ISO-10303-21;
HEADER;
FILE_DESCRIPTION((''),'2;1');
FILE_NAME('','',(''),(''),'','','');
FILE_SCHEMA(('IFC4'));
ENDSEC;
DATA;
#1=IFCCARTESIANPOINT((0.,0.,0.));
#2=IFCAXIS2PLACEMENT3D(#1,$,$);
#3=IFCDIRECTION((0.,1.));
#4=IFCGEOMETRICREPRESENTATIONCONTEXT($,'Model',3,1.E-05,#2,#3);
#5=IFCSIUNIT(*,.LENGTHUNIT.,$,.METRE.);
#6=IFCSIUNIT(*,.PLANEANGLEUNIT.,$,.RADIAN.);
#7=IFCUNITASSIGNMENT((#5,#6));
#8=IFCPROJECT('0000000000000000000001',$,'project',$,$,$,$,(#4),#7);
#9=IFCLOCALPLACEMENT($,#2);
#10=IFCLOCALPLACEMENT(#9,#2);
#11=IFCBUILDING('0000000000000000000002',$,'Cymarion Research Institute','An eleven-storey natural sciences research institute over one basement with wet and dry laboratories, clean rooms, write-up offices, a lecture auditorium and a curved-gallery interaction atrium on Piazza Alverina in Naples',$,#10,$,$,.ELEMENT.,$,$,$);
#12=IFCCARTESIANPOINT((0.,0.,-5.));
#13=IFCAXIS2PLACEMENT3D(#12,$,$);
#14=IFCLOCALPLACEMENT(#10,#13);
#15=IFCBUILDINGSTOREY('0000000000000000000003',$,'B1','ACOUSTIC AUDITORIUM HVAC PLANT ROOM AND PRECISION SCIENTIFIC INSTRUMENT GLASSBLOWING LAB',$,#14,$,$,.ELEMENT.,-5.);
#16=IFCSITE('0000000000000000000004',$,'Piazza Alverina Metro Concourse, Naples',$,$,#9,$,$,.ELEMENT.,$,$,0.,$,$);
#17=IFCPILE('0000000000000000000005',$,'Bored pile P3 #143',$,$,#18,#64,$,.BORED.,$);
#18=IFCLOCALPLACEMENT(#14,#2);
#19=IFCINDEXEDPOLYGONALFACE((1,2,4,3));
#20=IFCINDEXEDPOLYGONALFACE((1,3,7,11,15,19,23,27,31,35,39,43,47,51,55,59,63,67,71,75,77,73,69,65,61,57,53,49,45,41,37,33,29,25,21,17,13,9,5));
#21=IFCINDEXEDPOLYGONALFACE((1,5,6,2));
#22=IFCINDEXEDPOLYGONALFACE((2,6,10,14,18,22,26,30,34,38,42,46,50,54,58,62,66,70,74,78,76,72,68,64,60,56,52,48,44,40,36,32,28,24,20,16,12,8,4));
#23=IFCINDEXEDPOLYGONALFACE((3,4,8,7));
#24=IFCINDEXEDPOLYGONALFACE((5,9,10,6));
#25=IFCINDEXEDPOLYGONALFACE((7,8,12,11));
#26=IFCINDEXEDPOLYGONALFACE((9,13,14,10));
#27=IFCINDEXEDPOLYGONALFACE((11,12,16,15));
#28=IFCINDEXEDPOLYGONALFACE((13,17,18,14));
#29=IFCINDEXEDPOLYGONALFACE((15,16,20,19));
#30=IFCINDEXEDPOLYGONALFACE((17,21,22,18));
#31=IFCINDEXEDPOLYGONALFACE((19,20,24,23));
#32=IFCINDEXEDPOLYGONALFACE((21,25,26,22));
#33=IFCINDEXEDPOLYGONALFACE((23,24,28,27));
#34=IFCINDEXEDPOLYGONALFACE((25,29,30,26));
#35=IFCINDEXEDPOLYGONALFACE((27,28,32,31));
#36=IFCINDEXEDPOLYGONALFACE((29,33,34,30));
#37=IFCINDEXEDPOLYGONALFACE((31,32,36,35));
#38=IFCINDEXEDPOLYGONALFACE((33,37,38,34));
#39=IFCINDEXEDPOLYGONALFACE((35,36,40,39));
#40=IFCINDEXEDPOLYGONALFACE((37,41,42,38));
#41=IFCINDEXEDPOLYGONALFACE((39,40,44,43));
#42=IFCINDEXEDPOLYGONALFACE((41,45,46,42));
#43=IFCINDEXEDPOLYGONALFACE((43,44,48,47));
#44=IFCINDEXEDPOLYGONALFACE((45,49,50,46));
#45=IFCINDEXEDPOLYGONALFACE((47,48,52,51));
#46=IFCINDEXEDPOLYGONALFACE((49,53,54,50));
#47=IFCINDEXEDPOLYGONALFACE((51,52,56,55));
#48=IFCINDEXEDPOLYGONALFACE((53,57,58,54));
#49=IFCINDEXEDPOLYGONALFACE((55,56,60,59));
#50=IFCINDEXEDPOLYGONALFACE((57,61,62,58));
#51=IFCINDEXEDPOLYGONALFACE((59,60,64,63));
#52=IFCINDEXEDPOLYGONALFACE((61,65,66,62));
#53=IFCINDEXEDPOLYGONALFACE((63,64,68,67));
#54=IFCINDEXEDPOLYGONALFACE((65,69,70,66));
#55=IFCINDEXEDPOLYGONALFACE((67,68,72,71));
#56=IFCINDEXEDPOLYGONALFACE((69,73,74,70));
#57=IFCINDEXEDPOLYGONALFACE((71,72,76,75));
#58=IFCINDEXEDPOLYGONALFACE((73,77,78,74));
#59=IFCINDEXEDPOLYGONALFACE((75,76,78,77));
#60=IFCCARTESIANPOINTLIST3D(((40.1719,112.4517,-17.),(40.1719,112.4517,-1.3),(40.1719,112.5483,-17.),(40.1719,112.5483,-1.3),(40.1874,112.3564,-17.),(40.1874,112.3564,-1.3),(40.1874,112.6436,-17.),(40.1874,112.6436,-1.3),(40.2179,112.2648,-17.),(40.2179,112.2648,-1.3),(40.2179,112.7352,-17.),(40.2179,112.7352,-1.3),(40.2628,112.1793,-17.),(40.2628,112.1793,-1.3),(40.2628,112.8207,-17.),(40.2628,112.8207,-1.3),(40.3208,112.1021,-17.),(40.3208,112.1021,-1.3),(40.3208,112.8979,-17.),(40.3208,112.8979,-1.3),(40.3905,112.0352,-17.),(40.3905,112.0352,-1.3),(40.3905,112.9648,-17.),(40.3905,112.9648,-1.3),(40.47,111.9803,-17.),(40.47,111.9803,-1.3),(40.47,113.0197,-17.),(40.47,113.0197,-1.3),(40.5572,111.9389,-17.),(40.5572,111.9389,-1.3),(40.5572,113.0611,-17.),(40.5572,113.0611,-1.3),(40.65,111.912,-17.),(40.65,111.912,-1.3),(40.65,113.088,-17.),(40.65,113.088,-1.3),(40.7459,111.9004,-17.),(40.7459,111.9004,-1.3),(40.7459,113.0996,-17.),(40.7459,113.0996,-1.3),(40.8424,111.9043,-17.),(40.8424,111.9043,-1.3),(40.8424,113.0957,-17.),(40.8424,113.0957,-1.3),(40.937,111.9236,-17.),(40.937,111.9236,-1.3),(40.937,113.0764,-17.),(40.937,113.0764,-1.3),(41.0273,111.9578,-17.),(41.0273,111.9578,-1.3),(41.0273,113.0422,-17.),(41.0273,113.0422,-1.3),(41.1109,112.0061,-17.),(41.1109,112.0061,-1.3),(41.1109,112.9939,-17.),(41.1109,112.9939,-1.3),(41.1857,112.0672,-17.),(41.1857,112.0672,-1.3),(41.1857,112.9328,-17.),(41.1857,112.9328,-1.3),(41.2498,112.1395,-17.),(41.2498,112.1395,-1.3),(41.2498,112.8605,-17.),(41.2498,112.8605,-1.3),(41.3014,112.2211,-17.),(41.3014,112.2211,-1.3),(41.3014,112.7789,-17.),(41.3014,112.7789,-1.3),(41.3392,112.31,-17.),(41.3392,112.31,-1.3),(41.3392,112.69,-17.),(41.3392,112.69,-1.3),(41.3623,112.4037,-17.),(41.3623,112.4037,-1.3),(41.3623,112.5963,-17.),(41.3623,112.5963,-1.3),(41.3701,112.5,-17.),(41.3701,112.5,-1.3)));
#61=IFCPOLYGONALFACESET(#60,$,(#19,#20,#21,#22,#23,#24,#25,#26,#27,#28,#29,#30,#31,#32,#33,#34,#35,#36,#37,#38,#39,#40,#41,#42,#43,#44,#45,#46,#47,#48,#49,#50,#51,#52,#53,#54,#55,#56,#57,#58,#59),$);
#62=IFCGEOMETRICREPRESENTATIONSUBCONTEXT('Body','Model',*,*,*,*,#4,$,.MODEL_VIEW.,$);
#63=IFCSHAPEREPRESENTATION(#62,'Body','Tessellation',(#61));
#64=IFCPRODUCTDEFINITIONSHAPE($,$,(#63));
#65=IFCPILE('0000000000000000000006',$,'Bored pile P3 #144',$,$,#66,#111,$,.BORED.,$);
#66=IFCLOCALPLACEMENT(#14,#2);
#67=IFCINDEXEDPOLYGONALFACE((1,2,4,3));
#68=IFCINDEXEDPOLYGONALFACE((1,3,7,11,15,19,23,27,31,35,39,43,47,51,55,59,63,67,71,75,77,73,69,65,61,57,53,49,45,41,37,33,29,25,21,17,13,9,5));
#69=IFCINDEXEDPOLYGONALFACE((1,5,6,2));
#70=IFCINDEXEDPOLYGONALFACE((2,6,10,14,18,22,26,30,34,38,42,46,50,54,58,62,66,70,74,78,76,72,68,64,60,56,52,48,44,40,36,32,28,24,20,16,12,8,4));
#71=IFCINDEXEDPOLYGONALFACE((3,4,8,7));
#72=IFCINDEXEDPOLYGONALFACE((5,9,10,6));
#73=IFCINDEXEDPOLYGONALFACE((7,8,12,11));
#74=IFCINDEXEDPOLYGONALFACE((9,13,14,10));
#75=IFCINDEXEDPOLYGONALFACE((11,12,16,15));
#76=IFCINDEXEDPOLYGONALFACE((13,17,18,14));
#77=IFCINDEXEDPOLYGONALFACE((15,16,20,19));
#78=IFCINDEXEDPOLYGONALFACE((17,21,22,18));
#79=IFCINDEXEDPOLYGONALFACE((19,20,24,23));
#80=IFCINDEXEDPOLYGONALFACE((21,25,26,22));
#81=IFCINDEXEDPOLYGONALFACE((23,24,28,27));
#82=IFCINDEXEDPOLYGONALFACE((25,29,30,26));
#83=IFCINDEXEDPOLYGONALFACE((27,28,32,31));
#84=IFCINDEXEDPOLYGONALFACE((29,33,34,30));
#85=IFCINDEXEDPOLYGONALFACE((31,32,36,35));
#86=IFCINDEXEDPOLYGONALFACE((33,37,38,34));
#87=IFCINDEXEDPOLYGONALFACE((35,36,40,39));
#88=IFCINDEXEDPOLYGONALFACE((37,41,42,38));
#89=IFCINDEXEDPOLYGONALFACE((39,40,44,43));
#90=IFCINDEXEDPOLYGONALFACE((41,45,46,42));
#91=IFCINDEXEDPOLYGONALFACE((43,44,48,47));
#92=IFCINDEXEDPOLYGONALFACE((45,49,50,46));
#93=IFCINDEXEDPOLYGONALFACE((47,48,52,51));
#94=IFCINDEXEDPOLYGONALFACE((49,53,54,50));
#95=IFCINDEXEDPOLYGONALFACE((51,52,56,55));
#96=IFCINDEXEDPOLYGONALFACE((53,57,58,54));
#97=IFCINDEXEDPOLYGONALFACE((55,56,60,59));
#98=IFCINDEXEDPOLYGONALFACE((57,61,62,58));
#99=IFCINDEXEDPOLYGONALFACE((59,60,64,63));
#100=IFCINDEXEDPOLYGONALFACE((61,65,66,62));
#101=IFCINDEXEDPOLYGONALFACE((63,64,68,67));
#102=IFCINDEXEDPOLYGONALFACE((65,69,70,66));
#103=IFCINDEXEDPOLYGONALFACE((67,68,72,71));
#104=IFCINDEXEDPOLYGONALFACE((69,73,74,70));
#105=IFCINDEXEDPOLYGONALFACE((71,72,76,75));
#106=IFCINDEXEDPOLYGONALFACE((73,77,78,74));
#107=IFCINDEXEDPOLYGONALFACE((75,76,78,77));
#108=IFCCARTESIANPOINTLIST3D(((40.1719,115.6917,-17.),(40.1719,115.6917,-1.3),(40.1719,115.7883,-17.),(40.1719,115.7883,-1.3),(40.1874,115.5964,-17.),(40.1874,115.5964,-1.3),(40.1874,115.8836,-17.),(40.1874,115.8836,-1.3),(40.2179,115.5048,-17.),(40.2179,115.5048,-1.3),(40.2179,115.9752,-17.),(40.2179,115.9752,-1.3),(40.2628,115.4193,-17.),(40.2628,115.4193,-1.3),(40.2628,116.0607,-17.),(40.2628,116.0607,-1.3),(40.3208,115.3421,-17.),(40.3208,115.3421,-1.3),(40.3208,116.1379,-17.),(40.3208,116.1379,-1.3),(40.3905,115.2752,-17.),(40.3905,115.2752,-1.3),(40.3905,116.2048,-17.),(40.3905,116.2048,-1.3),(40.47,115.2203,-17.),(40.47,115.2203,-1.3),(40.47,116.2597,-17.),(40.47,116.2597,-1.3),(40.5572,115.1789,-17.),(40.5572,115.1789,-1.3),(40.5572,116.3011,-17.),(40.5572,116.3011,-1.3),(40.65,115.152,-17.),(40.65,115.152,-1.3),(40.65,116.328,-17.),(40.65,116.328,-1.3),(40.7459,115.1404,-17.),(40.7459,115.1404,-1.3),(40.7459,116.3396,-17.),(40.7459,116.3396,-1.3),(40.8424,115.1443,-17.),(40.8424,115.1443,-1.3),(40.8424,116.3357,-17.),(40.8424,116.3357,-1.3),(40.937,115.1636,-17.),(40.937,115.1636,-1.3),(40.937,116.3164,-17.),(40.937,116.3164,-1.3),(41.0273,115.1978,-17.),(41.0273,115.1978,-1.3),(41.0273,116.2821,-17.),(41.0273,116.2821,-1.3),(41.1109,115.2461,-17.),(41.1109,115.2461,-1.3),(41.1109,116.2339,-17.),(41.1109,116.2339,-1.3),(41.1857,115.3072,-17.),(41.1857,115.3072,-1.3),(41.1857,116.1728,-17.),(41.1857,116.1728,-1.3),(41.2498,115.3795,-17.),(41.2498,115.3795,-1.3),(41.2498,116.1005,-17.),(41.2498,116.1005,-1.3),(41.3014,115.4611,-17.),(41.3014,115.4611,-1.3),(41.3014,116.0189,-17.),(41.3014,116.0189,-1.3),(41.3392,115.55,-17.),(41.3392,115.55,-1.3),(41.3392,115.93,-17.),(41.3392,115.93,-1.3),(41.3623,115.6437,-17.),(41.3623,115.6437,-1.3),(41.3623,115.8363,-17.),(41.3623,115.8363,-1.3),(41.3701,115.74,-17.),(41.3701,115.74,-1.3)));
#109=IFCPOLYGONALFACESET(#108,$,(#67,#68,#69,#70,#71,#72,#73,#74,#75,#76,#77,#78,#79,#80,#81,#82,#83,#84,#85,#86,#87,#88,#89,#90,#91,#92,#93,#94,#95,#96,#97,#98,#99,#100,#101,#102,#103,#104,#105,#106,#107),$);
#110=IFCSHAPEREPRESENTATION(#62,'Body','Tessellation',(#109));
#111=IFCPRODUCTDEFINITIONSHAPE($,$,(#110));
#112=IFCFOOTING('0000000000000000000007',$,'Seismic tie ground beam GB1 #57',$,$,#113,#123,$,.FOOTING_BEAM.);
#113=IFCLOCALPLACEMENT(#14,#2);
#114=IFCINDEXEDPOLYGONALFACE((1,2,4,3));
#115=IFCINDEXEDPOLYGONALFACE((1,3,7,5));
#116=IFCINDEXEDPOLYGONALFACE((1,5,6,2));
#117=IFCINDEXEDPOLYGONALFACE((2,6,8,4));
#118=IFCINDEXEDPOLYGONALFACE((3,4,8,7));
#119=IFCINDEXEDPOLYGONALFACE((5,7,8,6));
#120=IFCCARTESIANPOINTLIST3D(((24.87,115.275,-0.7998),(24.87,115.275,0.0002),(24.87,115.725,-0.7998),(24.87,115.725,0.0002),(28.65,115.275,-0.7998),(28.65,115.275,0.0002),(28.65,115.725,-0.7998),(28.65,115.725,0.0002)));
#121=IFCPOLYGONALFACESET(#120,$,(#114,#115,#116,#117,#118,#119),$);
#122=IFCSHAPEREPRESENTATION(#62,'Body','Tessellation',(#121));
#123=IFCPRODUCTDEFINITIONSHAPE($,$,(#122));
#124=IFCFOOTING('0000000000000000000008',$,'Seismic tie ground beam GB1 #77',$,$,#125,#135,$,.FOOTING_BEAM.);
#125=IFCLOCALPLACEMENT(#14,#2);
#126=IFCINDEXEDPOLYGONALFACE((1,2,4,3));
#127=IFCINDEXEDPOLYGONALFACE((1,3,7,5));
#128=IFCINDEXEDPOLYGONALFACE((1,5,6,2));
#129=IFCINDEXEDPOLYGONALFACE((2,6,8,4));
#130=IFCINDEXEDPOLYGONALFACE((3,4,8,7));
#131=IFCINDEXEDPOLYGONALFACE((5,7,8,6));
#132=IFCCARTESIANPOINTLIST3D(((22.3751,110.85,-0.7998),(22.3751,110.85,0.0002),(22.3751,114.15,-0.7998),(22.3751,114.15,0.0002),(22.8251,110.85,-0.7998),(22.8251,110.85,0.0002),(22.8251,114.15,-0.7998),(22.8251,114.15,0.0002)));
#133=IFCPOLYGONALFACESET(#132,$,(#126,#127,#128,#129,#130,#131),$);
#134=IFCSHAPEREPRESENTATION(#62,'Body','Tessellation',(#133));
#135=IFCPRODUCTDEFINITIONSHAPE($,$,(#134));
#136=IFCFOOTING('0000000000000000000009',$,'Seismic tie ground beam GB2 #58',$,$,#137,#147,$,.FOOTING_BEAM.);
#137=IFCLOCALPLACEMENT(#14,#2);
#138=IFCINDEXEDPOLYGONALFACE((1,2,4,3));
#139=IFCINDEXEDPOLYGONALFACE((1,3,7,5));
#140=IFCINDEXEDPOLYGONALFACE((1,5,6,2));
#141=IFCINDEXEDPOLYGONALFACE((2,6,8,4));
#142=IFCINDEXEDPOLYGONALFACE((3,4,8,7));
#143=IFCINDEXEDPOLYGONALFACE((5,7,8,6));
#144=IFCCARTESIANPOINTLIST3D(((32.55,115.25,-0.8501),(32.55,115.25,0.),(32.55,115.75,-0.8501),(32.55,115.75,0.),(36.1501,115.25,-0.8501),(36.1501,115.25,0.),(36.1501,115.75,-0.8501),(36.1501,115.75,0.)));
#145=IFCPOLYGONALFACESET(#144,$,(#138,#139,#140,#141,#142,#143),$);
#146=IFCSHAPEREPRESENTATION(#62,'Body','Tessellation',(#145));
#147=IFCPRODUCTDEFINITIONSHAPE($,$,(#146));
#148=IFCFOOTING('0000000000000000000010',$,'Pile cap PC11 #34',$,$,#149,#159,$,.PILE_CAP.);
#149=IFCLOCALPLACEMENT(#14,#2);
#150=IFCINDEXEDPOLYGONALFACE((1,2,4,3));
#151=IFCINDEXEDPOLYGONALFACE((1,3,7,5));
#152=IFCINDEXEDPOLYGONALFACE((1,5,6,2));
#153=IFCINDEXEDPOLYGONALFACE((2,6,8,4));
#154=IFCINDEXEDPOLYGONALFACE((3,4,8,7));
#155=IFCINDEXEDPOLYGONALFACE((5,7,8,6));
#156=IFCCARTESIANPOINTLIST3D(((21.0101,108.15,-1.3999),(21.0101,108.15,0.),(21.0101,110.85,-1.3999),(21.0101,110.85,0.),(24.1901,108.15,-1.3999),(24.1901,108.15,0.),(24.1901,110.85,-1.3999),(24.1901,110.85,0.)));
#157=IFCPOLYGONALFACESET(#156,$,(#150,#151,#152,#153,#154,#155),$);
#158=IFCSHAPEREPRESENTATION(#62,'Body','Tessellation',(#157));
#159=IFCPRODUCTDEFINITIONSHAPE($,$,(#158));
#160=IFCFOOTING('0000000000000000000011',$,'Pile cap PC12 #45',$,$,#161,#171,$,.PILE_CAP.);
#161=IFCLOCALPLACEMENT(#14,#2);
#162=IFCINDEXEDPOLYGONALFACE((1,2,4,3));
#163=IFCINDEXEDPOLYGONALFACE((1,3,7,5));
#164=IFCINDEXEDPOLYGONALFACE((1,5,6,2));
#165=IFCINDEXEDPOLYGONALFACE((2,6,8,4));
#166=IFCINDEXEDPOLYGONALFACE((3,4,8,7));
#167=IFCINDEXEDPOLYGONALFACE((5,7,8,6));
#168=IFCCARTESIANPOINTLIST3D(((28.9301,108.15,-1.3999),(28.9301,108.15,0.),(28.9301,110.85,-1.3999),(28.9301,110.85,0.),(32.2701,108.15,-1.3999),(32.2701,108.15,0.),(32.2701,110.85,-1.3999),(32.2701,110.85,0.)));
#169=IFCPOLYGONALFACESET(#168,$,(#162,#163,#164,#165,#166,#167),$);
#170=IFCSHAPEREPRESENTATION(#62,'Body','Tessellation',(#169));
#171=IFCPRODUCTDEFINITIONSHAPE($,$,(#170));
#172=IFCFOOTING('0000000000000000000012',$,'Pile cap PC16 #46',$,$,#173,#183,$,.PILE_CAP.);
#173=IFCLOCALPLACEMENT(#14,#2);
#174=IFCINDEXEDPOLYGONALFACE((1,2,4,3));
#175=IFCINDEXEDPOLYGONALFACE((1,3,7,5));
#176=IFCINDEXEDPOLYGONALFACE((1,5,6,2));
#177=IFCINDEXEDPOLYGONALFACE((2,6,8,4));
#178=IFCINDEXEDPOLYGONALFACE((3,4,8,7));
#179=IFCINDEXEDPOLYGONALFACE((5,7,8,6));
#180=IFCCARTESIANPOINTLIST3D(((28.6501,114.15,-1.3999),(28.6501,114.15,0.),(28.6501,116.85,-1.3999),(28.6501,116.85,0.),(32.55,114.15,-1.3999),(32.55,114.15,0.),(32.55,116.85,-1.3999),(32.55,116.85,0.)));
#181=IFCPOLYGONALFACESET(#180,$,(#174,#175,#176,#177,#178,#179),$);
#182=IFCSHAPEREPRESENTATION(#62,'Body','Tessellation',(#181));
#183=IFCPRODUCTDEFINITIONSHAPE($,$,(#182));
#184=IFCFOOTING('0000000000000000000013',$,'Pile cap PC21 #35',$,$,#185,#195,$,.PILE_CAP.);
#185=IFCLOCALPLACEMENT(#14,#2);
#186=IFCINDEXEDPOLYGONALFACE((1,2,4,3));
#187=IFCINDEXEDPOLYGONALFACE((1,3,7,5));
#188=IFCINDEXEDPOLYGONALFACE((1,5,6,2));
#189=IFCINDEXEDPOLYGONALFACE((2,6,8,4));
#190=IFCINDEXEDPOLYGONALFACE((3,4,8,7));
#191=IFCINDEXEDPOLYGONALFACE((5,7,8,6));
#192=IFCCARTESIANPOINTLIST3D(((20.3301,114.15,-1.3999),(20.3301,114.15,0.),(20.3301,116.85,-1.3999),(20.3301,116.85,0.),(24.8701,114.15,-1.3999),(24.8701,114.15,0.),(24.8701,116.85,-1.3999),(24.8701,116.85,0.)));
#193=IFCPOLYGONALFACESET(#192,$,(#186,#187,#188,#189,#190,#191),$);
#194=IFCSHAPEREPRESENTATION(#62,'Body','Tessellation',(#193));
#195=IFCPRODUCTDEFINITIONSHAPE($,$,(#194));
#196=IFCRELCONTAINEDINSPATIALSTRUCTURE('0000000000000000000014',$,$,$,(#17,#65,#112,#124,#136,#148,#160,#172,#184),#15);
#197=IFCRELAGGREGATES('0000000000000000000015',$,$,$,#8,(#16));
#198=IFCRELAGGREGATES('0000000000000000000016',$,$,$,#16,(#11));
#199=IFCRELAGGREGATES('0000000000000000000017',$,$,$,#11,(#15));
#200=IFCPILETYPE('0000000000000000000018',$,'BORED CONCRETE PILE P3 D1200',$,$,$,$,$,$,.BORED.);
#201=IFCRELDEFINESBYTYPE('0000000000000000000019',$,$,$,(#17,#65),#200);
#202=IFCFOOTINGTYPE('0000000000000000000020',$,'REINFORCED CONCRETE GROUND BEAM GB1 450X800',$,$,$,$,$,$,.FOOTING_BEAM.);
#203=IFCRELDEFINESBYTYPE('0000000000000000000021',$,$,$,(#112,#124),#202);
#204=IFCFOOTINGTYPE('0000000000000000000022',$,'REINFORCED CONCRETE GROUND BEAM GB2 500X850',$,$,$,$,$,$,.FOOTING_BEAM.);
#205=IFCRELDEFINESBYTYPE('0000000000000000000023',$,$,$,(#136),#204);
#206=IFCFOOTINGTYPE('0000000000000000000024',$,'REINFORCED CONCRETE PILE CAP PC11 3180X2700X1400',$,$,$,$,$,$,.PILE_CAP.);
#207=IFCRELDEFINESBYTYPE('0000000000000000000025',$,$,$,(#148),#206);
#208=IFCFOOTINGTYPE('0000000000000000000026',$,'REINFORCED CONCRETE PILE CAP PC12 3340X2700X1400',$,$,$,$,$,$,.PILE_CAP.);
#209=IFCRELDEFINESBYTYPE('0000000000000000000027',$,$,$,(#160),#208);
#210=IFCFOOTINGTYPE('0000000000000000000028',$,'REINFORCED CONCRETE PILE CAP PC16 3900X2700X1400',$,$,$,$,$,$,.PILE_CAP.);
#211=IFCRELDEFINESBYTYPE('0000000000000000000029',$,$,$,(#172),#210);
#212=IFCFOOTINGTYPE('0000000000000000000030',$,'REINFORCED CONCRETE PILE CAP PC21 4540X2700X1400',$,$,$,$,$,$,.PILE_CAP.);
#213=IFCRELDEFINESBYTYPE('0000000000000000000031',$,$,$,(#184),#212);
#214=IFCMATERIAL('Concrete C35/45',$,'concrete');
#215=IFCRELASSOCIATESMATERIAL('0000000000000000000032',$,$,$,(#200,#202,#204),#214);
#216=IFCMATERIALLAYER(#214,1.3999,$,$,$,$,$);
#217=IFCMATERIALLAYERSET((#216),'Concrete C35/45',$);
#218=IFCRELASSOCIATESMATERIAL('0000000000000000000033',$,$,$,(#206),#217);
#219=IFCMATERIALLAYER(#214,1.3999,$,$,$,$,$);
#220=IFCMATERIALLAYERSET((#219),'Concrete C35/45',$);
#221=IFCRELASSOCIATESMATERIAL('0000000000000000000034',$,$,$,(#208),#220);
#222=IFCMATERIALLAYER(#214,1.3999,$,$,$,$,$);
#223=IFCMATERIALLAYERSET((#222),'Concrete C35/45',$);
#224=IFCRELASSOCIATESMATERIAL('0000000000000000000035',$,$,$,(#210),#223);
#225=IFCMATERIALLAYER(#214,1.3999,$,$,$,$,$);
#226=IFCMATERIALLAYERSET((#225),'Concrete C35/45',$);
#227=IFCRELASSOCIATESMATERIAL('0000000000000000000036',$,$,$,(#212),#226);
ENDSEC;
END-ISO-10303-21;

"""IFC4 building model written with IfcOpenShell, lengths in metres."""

from ifc_helpers import new_model, si_unit, direction, frame, origin, origin_2d, place, context, subcontext, project, spatial, rectangle, circle, extrude, material, layer, layer_set, material_profile, profile_set, type_object, element, save


model = new_model("IFC4")

# Units and contexts
model_context = context("Model", 3, precision=1e-05, world=origin(), true_north=direction((0.0, 1.0)))
body_context = subcontext(model_context, "Body", "Model", "MODEL_VIEW")
ifc_project = project(units=[si_unit("LENGTHUNIT", "METRE"), si_unit("PLANEANGLEUNIT", "RADIAN")], contexts=[model_context])

# Site, building, storey
site_placement = place(None, origin())
site = spatial("IfcSite", under=ifc_project, at=site_placement, Name="Piazza Alverina Metro Concourse, Naples", CompositionType="ELEMENT", RefElevation=0.0)
building_placement = place(site_placement, origin())
building = spatial("IfcBuilding", under=site, at=building_placement, Name="Cymarion Research Institute", Description="An eleven-storey natural sciences research institute over one basement with wet and dry laboratories, clean rooms, write-up offices, a lecture auditorium and a curved-gallery interaction atrium on Piazza Alverina in Naples", CompositionType="ELEMENT")
storey_placement = place(building_placement, frame((0.0, 0.0, -5.0)))
storey = spatial("IfcBuildingStorey", under=building, at=storey_placement, Name="B1", Description="ACOUSTIC AUDITORIUM HVAC PLANT ROOM AND PRECISION SCIENTIFIC INSTRUMENT GLASSBLOWING LAB", CompositionType="ELEMENT", Elevation=-5.0)

# Piles
ifc_material_1 = material(Name="Concrete C35/45", Category="concrete")
ifc_material_profile_1 = material_profile(ifc_material_1, circle(Radius=0.6001, at=origin_2d()), Name="BORED PILE D1200")
ifc_profile_set_1 = profile_set([ifc_material_profile_1], Name="Concrete C35/45")
pile_type_1 = type_object("IfcPileType", Name="BORED CONCRETE PILE P3 D1200", PredefinedType="BORED", material=ifc_profile_set_1)
for number, where, z_axis, x_axis, name in (
    (1, (40.77, 112.5, -1.3), (0.0, 0.0, -1.0), (1.0, 0.0, 0.0), "Bored pile P3 #143"),
    (2, (40.77, 115.74, -1.3), (0.0, 0.0, -1.0), (1.0, 0.0, 0.0), "Bored pile P3 #144"),
):
    element("IfcPile", number, at=place(storey_placement, frame(where, z_axis=z_axis, x_axis=x_axis)), inside=storey, type_object=pile_type_1, Name=name, PredefinedType="BORED", context=body_context, shape_type="SweptSolid", body=[
        extrude(circle(Radius=0.6001, at=origin_2d()), origin(), (0.0, 0.0, 1.0), 15.7),
    ])

# Footings
footing_type_1 = type_object("IfcFootingType", Name="REINFORCED CONCRETE GROUND BEAM GB1 450X800", PredefinedType="FOOTING_BEAM", material=ifc_material_1)
footing_1_placement = place(storey_placement, frame((26.76, 115.5, -0.7998), z_axis=(0.0, 0.0, 1.0), x_axis=(1.0, 0.0, 0.0)))
element("IfcFooting", 3, at=footing_1_placement, inside=storey, type_object=footing_type_1, Name="Seismic tie ground beam GB1 #57", PredefinedType="FOOTING_BEAM", context=body_context, shape_type="SweptSolid", body=[
    extrude(rectangle(XDim=3.78, YDim=0.45, at=origin_2d()), origin(), (0.0, 0.0, 1.0), 0.8),
])
footing_2_placement = place(storey_placement, frame((22.6001, 112.5, -0.7998), z_axis=(0.0, 0.0, 1.0), x_axis=(0.0, 1.0, 0.0)))
element("IfcFooting", 4, at=footing_2_placement, inside=storey, type_object=footing_type_1, Name="Seismic tie ground beam GB1 #77", PredefinedType="FOOTING_BEAM", context=body_context, shape_type="SweptSolid", body=[
    extrude(rectangle(XDim=3.3, YDim=0.45, at=origin_2d()), origin(), (0.0, 0.0, 1.0), 0.8),
])
footing_type_2 = type_object("IfcFootingType", Name="REINFORCED CONCRETE GROUND BEAM GB2 500X850", PredefinedType="FOOTING_BEAM", material=ifc_material_1)
footing_3_placement = place(storey_placement, frame((34.3501, 115.5, -0.8501), z_axis=(0.0, 0.0, 1.0), x_axis=(1.0, 0.0, 0.0)))
element("IfcFooting", 5, at=footing_3_placement, inside=storey, type_object=footing_type_2, Name="Seismic tie ground beam GB2 #58", PredefinedType="FOOTING_BEAM", context=body_context, shape_type="SweptSolid", body=[
    extrude(rectangle(XDim=3.6001, YDim=0.5, at=origin_2d()), origin(), (0.0, 0.0, 1.0), 0.8501),
])
ifc_layer_1 = layer(ifc_material_1, 1.3999)
ifc_layer_set_1 = layer_set([ifc_layer_1], Name="Concrete C35/45")
footing_type_3 = type_object("IfcFootingType", Name="REINFORCED CONCRETE PILE CAP PC11 3180X2700X1400", PredefinedType="PILE_CAP", material=ifc_layer_set_1)
footing_4_placement = place(storey_placement, frame((22.6001, 109.5, -1.3999), z_axis=(0.0, 0.0, 1.0), x_axis=(1.0, 0.0, 0.0)))
element("IfcFooting", 6, at=footing_4_placement, inside=storey, type_object=footing_type_3, Name="Pile cap PC11 #34", PredefinedType="PILE_CAP", context=body_context, shape_type="SweptSolid", body=[
    extrude(rectangle(XDim=3.1799, YDim=2.7, at=origin_2d()), origin(), (0.0, 0.0, 1.0), 1.3999),
])
ifc_layer_2 = layer(ifc_material_1, 1.3999)
ifc_layer_set_2 = layer_set([ifc_layer_2], Name="Concrete C35/45")
footing_type_4 = type_object("IfcFootingType", Name="REINFORCED CONCRETE PILE CAP PC12 3340X2700X1400", PredefinedType="PILE_CAP", material=ifc_layer_set_2)
footing_5_placement = place(storey_placement, frame((30.6001, 109.5, -1.3999), z_axis=(0.0, 0.0, 1.0), x_axis=(1.0, 0.0, 0.0)))
element("IfcFooting", 7, at=footing_5_placement, inside=storey, type_object=footing_type_4, Name="Pile cap PC12 #45", PredefinedType="PILE_CAP", context=body_context, shape_type="SweptSolid", body=[
    extrude(rectangle(XDim=3.3401, YDim=2.7, at=origin_2d()), origin(), (0.0, 0.0, 1.0), 1.3999),
])
ifc_layer_3 = layer(ifc_material_1, 1.3999)
ifc_layer_set_3 = layer_set([ifc_layer_3], Name="Concrete C35/45")
footing_type_5 = type_object("IfcFootingType", Name="REINFORCED CONCRETE PILE CAP PC16 3900X2700X1400", PredefinedType="PILE_CAP", material=ifc_layer_set_3)
footing_6_placement = place(storey_placement, frame((30.6001, 115.5, -1.3999), z_axis=(0.0, 0.0, 1.0), x_axis=(1.0, 0.0, 0.0)))
element("IfcFooting", 8, at=footing_6_placement, inside=storey, type_object=footing_type_5, Name="Pile cap PC16 #46", PredefinedType="PILE_CAP", context=body_context, shape_type="SweptSolid", body=[
    extrude(rectangle(XDim=3.8999, YDim=2.7, at=origin_2d()), origin(), (0.0, 0.0, 1.0), 1.3999),
])
ifc_layer_4 = layer(ifc_material_1, 1.3999)
ifc_layer_set_4 = layer_set([ifc_layer_4], Name="Concrete C35/45")
footing_type_6 = type_object("IfcFootingType", Name="REINFORCED CONCRETE PILE CAP PC21 4540X2700X1400", PredefinedType="PILE_CAP", material=ifc_layer_set_4)
footing_7_placement = place(storey_placement, frame((22.6001, 115.5, -1.3999), z_axis=(0.0, 0.0, 1.0), x_axis=(1.0, 0.0, 0.0)))
element("IfcFooting", 9, at=footing_7_placement, inside=storey, type_object=footing_type_6, Name="Pile cap PC21 #35", PredefinedType="PILE_CAP", context=body_context, shape_type="SweptSolid", body=[
    extrude(rectangle(XDim=4.54, YDim=2.7, at=origin_2d()), origin(), (0.0, 0.0, 1.0), 1.3999),
])

save(model, "model.ifc")
